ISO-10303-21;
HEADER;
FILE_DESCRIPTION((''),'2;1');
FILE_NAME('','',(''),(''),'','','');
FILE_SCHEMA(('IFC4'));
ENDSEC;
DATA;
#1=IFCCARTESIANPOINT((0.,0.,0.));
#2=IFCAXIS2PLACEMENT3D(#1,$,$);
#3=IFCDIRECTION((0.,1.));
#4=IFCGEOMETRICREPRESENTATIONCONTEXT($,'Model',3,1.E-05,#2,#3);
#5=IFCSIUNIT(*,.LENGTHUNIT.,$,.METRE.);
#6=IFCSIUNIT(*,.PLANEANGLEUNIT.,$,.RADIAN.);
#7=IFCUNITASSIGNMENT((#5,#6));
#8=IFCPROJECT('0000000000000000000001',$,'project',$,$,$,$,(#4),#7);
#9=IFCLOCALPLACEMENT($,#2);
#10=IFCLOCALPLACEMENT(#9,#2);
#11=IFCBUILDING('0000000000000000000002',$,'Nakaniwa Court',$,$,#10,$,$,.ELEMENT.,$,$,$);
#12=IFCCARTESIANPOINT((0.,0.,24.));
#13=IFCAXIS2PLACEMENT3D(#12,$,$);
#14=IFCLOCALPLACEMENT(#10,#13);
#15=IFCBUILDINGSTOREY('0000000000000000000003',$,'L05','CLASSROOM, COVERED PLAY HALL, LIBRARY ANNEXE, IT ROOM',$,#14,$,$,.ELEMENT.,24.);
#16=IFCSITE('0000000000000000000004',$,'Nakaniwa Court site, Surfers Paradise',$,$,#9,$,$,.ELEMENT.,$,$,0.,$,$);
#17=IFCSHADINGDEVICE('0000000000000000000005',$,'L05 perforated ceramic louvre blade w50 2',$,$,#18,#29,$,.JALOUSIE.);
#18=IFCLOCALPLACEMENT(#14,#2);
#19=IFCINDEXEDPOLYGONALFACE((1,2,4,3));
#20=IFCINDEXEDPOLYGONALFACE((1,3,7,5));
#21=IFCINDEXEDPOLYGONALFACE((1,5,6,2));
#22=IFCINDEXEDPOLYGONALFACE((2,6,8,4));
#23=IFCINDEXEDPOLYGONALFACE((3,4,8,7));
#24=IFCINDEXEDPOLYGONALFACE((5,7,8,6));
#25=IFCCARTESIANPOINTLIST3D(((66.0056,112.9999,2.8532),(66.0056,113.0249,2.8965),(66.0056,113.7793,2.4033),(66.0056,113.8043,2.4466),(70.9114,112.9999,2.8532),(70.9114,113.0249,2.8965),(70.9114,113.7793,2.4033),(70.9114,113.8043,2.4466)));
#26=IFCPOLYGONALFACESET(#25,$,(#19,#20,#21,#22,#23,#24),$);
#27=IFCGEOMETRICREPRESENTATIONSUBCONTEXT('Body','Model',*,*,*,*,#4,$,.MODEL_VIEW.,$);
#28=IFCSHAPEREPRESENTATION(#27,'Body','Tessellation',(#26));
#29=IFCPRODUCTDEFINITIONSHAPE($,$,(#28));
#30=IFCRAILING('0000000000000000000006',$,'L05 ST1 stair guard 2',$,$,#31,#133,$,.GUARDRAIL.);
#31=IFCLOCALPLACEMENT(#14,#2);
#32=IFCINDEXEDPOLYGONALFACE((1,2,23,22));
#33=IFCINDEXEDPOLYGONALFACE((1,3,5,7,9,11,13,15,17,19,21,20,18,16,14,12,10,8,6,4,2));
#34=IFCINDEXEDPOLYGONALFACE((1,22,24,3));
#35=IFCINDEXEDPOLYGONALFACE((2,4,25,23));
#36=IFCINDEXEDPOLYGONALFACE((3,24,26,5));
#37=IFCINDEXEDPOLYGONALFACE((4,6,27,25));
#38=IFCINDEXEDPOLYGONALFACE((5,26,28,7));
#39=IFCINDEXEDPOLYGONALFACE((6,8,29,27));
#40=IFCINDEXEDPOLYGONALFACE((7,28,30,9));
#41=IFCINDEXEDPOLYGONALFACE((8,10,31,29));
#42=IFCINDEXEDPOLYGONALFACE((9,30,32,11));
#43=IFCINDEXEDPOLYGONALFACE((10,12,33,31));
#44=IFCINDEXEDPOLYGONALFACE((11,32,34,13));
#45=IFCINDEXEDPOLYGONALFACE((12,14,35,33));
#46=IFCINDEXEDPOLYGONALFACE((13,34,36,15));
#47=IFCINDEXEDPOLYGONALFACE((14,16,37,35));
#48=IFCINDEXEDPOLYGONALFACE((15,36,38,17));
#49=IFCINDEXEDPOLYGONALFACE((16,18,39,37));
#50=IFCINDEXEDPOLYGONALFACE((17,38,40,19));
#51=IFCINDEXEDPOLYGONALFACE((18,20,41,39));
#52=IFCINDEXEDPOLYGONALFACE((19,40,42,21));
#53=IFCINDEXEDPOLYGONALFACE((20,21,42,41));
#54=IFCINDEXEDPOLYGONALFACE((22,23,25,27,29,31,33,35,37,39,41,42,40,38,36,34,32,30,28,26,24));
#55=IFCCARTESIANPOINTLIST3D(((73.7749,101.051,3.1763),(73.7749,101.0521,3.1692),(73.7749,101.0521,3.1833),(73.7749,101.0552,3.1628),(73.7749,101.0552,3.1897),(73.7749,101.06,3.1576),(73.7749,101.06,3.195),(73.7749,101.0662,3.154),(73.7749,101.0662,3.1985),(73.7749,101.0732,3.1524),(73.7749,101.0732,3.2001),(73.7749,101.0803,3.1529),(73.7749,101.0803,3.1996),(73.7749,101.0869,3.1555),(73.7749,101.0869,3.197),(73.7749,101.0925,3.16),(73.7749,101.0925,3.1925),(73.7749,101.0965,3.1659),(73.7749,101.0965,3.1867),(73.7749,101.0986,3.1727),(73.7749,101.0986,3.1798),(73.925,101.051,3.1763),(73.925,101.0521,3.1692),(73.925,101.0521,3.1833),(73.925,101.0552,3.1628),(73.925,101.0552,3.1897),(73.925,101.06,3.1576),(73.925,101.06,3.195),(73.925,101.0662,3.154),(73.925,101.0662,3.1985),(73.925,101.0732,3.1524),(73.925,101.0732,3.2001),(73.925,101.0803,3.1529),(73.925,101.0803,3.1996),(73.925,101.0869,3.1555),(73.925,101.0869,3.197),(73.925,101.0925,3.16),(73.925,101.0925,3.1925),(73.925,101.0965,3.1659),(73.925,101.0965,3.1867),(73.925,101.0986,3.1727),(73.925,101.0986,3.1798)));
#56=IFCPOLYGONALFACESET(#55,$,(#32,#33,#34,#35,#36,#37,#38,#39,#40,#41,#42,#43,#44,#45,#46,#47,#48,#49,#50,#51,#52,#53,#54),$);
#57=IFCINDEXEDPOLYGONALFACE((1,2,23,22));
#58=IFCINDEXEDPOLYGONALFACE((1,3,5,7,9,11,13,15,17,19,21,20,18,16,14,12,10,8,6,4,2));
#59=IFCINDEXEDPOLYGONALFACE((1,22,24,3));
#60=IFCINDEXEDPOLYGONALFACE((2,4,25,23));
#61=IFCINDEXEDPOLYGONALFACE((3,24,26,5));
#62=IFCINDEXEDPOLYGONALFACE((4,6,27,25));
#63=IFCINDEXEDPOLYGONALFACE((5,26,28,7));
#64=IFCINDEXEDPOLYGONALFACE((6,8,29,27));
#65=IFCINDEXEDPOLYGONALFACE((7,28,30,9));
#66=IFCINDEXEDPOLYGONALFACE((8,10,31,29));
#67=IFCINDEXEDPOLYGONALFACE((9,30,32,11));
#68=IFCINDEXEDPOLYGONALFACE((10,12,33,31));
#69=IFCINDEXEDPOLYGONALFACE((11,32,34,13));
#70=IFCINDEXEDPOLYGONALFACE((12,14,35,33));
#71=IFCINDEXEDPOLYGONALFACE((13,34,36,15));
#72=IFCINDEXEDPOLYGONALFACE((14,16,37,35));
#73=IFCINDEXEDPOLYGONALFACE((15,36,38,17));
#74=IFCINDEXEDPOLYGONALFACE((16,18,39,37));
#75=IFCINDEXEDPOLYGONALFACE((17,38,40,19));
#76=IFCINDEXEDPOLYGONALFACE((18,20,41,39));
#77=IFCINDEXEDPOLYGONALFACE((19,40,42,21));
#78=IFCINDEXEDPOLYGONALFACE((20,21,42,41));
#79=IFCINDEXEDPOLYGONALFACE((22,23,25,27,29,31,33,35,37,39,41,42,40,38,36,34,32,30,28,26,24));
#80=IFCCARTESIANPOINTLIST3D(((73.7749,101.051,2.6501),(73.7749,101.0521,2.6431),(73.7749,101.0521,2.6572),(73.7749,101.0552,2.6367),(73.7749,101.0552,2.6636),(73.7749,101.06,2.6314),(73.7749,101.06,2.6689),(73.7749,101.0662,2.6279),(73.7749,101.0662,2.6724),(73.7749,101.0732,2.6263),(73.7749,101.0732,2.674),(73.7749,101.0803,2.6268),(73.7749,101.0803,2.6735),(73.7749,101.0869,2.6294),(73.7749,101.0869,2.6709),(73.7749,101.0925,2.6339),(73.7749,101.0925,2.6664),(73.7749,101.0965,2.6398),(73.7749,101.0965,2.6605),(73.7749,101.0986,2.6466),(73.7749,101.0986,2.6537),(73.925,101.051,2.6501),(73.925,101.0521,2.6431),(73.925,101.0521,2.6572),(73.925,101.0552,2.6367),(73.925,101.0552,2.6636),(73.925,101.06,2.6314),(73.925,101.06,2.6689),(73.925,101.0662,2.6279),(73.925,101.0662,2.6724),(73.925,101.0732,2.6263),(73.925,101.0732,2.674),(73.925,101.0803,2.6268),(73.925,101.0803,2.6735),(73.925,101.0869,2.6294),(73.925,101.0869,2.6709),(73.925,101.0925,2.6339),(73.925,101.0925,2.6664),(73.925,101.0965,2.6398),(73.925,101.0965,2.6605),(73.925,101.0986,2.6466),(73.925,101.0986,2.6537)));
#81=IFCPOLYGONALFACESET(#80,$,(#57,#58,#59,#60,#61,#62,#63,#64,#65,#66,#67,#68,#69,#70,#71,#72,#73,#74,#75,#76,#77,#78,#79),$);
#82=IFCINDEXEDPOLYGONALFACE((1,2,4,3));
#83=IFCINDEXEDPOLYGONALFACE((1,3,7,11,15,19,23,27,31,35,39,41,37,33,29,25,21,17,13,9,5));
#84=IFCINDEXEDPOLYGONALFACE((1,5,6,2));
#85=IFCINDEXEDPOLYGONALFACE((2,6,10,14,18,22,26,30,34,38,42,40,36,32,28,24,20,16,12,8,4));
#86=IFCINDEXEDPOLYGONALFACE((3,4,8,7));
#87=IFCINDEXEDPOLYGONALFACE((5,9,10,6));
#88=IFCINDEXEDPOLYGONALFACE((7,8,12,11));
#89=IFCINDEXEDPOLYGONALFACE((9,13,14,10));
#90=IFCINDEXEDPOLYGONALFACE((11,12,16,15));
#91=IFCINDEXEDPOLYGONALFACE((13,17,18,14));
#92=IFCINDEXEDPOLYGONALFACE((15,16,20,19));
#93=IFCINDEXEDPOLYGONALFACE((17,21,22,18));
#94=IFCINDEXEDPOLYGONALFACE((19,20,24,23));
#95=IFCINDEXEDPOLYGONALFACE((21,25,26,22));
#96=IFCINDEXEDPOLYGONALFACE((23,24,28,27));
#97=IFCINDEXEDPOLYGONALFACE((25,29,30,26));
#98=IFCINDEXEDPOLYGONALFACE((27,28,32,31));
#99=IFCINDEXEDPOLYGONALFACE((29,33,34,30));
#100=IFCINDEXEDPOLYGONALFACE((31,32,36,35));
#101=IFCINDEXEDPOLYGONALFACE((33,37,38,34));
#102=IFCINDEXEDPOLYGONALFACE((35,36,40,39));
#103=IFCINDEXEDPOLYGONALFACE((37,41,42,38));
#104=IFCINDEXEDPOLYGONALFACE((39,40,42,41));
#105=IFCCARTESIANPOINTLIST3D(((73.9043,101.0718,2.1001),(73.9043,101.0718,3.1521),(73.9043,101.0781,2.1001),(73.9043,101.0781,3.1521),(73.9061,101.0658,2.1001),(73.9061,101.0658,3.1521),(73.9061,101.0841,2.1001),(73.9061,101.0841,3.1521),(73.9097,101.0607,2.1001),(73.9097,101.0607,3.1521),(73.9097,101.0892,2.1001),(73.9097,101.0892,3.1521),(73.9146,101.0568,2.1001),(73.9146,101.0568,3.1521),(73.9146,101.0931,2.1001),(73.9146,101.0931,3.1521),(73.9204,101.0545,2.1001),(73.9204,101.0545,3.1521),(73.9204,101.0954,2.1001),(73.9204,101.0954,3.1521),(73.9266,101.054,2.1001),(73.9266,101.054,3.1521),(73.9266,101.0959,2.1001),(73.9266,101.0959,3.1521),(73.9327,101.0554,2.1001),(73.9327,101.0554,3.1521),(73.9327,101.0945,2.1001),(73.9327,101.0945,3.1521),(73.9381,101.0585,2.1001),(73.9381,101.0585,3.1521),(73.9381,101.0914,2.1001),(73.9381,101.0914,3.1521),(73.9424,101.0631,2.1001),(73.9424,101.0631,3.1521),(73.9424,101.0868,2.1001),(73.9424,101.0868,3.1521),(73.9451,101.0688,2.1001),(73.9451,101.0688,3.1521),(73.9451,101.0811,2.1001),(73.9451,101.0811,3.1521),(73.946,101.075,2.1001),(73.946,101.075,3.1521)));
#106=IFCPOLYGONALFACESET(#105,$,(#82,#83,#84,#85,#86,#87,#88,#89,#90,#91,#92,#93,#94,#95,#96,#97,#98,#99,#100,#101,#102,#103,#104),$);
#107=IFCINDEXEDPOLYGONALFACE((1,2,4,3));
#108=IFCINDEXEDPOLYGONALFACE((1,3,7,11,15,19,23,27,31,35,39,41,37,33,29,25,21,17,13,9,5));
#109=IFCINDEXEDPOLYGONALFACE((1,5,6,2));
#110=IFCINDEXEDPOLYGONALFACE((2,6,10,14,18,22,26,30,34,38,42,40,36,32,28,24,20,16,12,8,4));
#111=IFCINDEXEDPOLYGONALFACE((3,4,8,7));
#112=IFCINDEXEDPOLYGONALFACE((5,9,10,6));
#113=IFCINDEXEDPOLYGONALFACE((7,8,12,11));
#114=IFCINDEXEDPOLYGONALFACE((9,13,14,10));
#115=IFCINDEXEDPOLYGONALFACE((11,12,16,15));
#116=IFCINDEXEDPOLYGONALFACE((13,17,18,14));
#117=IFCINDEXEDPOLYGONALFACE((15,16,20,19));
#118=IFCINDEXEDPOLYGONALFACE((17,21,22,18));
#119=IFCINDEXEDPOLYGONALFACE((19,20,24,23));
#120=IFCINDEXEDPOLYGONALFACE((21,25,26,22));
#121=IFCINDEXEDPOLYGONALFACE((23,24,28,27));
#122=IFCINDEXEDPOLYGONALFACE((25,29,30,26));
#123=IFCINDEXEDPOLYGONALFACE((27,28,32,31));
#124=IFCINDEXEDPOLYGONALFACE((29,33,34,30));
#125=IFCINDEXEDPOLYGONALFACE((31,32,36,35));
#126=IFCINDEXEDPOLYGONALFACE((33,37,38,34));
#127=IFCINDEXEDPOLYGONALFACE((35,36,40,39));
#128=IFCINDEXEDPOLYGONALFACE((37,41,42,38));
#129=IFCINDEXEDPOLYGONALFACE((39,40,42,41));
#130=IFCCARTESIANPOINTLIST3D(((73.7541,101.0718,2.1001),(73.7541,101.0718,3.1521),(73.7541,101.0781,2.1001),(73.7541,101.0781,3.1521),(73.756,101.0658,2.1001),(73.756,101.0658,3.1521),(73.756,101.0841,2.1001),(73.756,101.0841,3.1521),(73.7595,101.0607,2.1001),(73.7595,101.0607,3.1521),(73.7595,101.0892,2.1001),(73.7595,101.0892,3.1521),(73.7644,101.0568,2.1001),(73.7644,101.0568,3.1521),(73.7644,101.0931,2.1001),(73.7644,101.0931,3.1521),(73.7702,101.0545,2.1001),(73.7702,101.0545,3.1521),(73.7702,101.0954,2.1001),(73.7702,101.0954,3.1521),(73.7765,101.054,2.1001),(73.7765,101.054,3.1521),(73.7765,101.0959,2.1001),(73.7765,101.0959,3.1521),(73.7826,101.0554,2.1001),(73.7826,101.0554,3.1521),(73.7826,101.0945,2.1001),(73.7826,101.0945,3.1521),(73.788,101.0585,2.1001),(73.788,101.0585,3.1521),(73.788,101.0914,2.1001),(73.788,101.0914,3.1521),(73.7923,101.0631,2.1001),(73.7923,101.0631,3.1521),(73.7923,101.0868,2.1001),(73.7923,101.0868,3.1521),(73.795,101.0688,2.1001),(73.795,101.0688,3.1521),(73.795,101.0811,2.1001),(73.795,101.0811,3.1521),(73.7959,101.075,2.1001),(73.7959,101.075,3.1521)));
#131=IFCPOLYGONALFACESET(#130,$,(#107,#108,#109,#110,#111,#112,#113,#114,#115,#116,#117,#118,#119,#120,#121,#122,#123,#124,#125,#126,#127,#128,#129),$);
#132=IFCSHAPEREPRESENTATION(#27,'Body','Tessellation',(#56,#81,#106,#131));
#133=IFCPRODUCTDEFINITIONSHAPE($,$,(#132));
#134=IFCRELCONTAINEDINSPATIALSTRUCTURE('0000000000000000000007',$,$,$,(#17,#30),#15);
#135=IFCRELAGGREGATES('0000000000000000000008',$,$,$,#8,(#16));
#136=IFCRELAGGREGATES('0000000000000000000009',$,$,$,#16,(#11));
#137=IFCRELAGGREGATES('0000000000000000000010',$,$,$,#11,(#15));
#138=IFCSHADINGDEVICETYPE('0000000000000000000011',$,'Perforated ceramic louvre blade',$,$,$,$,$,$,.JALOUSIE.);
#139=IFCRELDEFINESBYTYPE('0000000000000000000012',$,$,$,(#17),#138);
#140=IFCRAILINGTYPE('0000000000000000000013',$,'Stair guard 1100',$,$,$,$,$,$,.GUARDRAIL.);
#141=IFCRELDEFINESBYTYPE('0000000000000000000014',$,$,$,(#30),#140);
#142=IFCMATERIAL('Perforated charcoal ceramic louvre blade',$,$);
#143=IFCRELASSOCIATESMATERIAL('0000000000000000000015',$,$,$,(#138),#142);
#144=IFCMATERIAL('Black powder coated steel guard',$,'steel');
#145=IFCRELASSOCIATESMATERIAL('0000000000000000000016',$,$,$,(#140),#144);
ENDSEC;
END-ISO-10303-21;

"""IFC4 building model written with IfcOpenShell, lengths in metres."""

from ifc_helpers import new_model, si_unit, direction, frame, origin, origin_2d, place, context, subcontext, project, spatial, rectangle, circle, extrude, material, material_profile, profile_set, type_object, element, save


model = new_model("IFC4")

# Units and contexts
model_context = context("Model", 3, precision=1e-05, world=origin(), true_north=direction((0.0, 1.0)))
body_context = subcontext(model_context, "Body", "Model", "MODEL_VIEW")
ifc_project = project(units=[si_unit("LENGTHUNIT", "METRE"), si_unit("PLANEANGLEUNIT", "RADIAN")], contexts=[model_context])

# Site, building, storey
site_placement = place(None, origin())
site = spatial("IfcSite", under=ifc_project, at=site_placement, Name="Nakaniwa Court site, Surfers Paradise", CompositionType="ELEMENT", RefElevation=0.0)
building_placement = place(site_placement, origin())
building = spatial("IfcBuilding", under=site, at=building_placement, Name="Nakaniwa Court", CompositionType="ELEMENT")
storey_placement = place(building_placement, frame((0.0, 0.0, 24.0)))
storey = spatial("IfcBuildingStorey", under=building, at=storey_placement, Name="L05", Description="CLASSROOM, COVERED PLAY HALL, LIBRARY ANNEXE, IT ROOM", CompositionType="ELEMENT", Elevation=24.0)

# Shading device
ifc_material_1 = material(Name="Perforated charcoal ceramic louvre blade")
ifc_material_profile_1 = material_profile(ifc_material_1, rectangle(XDim=0.8999, YDim=0.05, at=origin_2d()), Name="Perforated ceramic louvre blade")
ifc_profile_set_1 = profile_set([ifc_material_profile_1], Name="Perforated charcoal ceramic louvre blade")
shading_device_type = type_object("IfcShadingDeviceType", Name="Perforated ceramic louvre blade", PredefinedType="JALOUSIE", material=ifc_profile_set_1)
for number, where, z_axis, x_axis, name in (
    (1, (70.9114, 113.4021, 2.6499), (-1.0, 0.0, 0.0), (0.0, -0.866025, 0.5), "L05 perforated ceramic louvre blade w50 2"),
):
    element("IfcShadingDevice", number, at=place(storey_placement, frame(where, z_axis=z_axis, x_axis=x_axis)), inside=storey, type_object=shading_device_type, Name=name, PredefinedType="JALOUSIE", context=body_context, shape_type="SweptSolid", body=[
        extrude(rectangle(XDim=0.8999, YDim=0.05, at=origin_2d()), origin(), (0.0, 0.0, 1.0), 4.9058),
    ])

# Railing
ifc_material_2 = material(Name="Black powder coated steel guard", Category="steel")
railing_type = type_object("IfcRailingType", Name="Stair guard 1100", PredefinedType="GUARDRAIL", material=ifc_material_2)
railing_1_placement = place(storey_placement, frame((73.925, 101.075, 2.1001)))
element("IfcRailing", 2, at=railing_1_placement, inside=storey, type_object=railing_type, Name="L05 ST1 stair guard 2", PredefinedType="GUARDRAIL", context=body_context, shape_type="SweptSolid", body=[
    extrude(circle(Radius=0.0239, at=origin_2d()), frame((0.0, 0.0, 1.0762), z_axis=(-1.0, 0.0, 0.0), x_axis=(0.0, -1.0, 0.0)), (0.0, 0.0, 1.0), 0.1501),
    extrude(circle(Radius=0.0239, at=origin_2d()), frame((0.0, 0.0, 0.55), z_axis=(-1.0, 0.0, 0.0), x_axis=(0.0, -1.0, 0.0)), (0.0, 0.0, 1.0), 0.1501),
    extrude(circle(Radius=0.021, at=origin_2d()), origin(), (0.0, 0.0, 1.0), 1.052),
    extrude(circle(Radius=0.021, at=origin_2d()), frame((-0.1501, 0.0, 0.0)), (0.0, 0.0, 1.0), 1.052),
])

save(model, "model.ifc")
